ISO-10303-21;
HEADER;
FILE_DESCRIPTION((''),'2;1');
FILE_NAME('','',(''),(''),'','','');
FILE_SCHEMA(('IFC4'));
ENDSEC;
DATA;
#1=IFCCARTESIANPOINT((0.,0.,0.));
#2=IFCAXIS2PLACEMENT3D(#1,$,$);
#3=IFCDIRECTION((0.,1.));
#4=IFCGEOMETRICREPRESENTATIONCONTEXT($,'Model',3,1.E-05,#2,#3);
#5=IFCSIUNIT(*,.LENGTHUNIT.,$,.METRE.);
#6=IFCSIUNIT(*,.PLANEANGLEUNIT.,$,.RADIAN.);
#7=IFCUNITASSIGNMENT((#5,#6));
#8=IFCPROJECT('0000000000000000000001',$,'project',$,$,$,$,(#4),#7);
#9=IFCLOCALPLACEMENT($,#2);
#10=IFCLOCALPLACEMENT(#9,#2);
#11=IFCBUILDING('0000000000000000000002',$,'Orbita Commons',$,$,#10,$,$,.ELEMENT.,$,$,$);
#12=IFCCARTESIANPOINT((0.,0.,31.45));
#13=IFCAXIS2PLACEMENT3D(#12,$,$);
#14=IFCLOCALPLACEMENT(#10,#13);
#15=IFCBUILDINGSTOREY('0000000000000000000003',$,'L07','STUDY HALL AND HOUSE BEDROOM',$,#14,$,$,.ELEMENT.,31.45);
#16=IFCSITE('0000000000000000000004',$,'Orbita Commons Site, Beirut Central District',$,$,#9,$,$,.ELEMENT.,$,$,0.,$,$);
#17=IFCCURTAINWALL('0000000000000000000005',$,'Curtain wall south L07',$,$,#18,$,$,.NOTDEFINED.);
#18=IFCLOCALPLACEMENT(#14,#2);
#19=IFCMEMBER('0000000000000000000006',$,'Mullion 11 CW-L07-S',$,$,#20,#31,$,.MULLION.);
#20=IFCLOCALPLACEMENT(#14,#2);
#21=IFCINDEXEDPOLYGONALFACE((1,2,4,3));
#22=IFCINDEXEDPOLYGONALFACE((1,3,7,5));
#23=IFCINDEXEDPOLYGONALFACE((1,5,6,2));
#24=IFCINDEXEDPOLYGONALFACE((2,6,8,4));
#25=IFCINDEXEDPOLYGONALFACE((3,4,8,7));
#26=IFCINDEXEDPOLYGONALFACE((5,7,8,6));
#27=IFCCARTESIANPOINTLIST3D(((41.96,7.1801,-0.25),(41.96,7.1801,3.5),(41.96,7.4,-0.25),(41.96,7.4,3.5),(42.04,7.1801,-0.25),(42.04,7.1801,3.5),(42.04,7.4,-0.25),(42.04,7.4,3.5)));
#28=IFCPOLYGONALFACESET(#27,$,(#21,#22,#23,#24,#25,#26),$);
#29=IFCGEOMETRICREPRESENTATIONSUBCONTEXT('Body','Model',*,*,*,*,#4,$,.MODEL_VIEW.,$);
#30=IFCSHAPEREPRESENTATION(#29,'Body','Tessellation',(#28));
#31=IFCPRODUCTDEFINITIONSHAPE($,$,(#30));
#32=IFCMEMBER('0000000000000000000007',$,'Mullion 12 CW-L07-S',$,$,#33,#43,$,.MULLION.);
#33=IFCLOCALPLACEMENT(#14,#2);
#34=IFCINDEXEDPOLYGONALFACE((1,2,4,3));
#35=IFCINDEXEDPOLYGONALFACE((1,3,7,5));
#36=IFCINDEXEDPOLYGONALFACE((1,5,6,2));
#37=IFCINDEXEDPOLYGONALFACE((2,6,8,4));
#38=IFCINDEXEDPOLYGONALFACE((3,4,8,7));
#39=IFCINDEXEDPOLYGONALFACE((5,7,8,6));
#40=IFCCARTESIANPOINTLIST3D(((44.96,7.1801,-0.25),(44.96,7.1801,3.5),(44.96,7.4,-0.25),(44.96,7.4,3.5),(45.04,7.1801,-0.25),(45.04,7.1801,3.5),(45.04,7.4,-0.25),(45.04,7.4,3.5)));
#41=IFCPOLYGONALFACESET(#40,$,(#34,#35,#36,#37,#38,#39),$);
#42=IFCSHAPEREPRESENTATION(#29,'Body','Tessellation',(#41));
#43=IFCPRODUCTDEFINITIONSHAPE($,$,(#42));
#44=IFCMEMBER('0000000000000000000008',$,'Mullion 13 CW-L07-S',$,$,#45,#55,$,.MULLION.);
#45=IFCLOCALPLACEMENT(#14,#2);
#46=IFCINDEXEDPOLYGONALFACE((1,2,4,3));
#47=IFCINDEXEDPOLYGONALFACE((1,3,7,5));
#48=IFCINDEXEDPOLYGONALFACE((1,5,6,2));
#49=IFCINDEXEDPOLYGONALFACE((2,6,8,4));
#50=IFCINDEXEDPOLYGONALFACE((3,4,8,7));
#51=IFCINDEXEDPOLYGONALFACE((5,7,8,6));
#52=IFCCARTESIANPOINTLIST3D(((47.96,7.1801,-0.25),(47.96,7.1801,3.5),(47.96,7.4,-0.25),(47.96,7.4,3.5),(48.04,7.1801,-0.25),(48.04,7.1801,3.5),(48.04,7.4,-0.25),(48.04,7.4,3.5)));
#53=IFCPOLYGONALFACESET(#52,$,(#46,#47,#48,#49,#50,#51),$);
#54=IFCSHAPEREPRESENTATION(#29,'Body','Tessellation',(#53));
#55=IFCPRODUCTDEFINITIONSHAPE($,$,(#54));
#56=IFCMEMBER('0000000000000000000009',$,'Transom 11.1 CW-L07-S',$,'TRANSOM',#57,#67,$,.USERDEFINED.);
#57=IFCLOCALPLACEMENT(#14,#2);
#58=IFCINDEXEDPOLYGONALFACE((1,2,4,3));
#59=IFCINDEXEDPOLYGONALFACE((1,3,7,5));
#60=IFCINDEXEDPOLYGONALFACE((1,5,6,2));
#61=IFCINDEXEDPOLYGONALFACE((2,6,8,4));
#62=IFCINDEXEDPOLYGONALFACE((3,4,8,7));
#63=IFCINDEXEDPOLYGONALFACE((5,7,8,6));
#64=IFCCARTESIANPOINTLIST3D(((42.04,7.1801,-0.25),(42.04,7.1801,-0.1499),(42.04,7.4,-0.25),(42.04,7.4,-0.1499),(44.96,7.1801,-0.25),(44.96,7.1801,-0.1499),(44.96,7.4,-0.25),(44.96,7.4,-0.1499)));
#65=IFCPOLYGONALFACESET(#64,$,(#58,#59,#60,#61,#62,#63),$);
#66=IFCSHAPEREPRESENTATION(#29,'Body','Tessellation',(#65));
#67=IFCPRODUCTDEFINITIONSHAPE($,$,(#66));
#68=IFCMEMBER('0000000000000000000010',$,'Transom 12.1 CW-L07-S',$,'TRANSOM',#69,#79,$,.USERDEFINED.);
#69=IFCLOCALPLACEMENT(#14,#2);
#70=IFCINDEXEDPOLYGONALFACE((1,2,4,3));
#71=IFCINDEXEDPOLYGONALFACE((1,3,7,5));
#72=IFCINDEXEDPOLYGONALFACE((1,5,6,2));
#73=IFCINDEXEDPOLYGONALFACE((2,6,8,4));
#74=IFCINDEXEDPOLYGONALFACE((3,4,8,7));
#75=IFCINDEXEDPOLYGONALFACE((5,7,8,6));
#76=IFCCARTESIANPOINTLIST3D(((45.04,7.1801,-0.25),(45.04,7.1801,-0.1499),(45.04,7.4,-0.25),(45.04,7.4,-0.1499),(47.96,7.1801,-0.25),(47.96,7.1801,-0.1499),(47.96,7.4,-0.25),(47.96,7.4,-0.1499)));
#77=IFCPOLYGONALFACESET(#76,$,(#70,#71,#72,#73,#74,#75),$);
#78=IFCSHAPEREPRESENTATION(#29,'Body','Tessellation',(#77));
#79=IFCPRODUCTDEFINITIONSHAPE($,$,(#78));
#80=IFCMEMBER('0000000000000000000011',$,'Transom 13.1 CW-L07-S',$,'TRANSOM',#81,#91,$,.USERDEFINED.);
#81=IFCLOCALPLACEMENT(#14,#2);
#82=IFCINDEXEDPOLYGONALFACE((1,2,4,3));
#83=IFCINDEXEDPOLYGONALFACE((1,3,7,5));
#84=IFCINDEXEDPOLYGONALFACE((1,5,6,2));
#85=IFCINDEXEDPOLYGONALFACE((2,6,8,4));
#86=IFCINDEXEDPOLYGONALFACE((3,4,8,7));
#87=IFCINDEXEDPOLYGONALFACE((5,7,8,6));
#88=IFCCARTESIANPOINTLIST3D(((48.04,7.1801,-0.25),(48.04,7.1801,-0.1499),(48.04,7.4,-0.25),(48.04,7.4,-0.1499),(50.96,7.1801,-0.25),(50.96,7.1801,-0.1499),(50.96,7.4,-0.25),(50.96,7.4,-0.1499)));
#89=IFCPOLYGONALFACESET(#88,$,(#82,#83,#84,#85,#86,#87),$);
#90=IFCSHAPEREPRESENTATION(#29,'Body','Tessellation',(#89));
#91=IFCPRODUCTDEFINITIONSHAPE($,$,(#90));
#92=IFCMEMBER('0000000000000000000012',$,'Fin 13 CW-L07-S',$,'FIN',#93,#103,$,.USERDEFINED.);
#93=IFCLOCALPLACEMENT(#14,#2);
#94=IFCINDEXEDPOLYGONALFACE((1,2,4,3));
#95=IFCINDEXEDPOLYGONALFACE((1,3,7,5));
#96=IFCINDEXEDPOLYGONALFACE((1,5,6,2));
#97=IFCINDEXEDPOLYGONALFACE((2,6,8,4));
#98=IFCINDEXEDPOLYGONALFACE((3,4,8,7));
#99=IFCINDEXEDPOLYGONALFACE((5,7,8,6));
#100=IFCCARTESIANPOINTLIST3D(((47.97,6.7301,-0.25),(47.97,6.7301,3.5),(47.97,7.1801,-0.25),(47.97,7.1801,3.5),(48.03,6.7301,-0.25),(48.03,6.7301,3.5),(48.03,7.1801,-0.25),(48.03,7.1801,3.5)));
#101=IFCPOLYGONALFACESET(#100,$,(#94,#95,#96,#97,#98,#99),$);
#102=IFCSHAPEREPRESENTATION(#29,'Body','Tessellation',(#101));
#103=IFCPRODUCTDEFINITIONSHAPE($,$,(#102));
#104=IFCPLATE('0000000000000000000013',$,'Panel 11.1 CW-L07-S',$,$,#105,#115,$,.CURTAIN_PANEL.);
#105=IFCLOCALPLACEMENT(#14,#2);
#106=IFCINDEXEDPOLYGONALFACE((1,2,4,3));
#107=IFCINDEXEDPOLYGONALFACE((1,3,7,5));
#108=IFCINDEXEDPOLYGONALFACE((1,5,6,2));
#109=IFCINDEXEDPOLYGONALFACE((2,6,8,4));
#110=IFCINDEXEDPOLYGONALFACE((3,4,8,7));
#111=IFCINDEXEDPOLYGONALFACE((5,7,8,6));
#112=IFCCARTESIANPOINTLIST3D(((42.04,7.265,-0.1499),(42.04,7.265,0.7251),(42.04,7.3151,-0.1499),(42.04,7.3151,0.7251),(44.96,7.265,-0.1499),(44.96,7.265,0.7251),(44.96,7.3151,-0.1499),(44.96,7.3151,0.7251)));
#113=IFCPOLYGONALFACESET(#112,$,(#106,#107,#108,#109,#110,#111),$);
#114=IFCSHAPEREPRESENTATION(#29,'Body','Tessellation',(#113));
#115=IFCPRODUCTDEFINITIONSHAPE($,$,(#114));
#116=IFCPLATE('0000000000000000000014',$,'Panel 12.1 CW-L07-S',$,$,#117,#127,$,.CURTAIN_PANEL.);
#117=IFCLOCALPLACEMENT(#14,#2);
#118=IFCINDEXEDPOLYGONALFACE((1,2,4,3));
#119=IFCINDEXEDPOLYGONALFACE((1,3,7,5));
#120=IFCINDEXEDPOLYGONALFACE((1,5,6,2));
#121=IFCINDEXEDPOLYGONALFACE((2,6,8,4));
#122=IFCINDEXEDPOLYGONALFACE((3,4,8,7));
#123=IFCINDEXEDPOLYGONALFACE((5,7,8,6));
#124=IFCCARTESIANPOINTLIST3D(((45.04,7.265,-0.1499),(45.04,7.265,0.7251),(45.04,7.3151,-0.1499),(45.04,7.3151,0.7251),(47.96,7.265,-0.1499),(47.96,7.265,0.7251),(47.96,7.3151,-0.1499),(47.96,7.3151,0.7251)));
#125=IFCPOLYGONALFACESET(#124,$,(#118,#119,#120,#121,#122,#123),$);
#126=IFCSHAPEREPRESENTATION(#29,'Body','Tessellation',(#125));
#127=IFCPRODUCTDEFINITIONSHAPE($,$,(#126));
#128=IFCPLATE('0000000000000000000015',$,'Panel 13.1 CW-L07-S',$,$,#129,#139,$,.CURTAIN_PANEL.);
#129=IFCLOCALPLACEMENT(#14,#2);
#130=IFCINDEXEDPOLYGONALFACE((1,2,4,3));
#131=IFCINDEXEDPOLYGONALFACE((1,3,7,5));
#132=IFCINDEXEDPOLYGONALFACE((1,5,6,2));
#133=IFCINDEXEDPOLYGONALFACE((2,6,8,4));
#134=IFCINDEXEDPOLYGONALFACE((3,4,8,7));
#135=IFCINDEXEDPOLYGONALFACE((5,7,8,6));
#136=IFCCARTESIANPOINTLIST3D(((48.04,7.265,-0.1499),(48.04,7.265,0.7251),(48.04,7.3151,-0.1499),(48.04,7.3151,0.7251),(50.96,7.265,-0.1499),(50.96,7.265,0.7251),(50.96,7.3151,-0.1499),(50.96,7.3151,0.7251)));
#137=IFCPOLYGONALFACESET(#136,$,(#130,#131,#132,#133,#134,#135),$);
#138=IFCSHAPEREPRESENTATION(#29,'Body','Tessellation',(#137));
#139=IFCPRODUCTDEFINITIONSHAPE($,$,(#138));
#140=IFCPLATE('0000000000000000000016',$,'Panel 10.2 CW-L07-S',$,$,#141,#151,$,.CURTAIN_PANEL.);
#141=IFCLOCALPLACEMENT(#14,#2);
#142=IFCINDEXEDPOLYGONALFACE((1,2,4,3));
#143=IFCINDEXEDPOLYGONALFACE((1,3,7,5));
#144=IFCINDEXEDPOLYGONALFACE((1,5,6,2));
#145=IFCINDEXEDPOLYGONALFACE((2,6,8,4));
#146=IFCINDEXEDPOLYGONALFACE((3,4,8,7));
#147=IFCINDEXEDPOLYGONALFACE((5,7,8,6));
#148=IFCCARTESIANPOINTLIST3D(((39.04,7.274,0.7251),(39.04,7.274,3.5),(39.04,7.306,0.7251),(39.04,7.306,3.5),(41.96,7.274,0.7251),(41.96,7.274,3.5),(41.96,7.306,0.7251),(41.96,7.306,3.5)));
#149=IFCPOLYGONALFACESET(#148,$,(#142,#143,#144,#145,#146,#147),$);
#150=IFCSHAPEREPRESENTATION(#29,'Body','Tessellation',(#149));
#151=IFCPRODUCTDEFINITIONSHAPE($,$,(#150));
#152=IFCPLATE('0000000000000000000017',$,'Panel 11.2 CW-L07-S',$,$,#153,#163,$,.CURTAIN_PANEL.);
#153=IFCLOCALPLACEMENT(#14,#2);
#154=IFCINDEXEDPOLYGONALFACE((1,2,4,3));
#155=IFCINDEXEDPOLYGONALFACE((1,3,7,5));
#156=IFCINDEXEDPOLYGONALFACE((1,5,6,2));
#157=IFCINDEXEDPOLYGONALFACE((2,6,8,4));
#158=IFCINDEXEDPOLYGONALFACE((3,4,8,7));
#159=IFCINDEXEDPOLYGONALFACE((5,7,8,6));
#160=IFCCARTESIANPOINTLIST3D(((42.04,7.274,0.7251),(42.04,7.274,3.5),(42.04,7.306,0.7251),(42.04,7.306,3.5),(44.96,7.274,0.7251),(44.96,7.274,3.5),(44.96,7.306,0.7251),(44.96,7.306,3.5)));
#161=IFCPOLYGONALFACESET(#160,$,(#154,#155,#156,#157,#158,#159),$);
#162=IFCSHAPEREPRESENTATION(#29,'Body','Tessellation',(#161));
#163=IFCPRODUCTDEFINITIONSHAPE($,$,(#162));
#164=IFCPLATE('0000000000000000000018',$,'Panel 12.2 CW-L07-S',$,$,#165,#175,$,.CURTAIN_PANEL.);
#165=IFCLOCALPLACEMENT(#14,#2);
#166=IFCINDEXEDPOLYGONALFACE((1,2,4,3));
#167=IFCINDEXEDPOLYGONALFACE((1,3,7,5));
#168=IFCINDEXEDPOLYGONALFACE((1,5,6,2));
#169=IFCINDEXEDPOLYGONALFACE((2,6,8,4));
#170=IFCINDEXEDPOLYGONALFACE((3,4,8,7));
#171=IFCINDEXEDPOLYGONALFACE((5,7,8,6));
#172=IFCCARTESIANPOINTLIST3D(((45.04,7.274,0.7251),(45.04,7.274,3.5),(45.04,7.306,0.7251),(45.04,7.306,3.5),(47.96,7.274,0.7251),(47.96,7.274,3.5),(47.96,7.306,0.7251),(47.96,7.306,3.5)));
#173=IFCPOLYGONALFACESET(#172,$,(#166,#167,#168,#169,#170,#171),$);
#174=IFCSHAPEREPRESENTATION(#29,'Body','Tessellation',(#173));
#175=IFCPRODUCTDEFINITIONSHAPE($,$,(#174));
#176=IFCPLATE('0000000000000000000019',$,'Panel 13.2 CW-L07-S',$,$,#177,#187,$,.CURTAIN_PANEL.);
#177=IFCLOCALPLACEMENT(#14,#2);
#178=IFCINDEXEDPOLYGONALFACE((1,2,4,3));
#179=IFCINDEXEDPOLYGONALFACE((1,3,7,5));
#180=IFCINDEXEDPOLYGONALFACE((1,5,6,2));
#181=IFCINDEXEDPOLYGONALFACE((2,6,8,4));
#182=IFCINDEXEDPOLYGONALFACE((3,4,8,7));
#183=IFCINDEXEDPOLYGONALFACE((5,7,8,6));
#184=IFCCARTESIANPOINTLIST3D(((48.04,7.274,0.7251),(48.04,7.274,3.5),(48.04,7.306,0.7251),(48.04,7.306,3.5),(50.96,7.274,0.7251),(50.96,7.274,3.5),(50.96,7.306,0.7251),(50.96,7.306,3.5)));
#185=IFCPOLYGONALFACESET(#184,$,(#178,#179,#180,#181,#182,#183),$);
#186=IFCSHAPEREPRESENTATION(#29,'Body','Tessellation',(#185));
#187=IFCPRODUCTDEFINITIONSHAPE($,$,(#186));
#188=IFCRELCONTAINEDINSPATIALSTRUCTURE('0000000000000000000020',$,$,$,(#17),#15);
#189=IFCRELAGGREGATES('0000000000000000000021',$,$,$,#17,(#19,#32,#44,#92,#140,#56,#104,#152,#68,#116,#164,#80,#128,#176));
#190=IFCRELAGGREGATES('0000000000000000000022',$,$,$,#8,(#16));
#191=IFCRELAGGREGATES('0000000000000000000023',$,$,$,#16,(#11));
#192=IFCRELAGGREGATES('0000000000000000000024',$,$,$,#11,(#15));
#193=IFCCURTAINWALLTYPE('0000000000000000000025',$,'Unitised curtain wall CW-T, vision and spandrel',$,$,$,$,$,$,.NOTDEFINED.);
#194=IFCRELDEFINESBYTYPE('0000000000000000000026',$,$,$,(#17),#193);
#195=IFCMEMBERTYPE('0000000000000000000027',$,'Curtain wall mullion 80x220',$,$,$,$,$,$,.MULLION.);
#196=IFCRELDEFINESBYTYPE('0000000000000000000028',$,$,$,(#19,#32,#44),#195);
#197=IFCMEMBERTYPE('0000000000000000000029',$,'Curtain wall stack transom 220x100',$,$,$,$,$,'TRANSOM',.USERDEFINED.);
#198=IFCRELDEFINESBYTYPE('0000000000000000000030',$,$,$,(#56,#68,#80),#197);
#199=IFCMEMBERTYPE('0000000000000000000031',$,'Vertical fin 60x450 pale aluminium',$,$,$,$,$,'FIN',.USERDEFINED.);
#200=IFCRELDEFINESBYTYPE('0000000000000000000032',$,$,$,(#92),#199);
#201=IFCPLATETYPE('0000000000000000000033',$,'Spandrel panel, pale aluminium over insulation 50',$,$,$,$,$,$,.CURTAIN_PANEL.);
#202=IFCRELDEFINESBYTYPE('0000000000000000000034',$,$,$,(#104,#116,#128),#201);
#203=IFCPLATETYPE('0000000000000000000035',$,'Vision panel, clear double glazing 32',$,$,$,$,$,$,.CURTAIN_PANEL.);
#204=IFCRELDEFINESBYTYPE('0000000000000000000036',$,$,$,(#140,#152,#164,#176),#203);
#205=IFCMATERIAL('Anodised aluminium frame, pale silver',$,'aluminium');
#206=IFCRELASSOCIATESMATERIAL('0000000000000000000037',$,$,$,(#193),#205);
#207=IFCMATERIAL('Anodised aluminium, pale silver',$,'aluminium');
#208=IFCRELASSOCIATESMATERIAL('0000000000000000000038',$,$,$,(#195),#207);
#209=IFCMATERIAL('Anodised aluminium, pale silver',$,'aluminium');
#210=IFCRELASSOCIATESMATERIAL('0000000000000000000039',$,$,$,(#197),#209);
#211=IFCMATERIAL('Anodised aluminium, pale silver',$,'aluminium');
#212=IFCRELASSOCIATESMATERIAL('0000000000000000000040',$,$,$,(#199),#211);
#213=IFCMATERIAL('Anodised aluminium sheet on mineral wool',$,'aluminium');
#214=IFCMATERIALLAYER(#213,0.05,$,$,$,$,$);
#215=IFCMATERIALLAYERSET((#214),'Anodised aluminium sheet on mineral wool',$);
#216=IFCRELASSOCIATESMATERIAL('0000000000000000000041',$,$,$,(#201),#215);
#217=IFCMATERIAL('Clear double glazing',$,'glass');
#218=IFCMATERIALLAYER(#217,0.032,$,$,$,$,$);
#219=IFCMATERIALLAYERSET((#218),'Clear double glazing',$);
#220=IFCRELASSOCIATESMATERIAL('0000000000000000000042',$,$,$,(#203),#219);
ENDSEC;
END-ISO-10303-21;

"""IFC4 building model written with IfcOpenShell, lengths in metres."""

from ifc_helpers import new_model, si_unit, direction, frame, origin, origin_2d, place, context, subcontext, project, spatial, rectangle, extrude, material, layer, layer_set, material_profile, profile_set, type_object, element, aggregate, save


model = new_model("IFC4")

# Units and contexts
model_context = context("Model", 3, precision=1e-05, world=origin(), true_north=direction((0.0, 1.0)))
body_context = subcontext(model_context, "Body", "Model", "MODEL_VIEW")
ifc_project = project(units=[si_unit("LENGTHUNIT", "METRE"), si_unit("PLANEANGLEUNIT", "RADIAN")], contexts=[model_context])

# Site, building, storey
site_placement = place(None, origin())
site = spatial("IfcSite", under=ifc_project, at=site_placement, Name="Orbita Commons Site, Beirut Central District", CompositionType="ELEMENT", RefElevation=0.0)
building_placement = place(site_placement, origin())
building = spatial("IfcBuilding", under=site, at=building_placement, Name="Orbita Commons", CompositionType="ELEMENT")
storey_placement = place(building_placement, frame((0.0, 0.0, 31.45)))
storey = spatial("IfcBuildingStorey", under=building, at=storey_placement, Name="L07", Description="STUDY HALL AND HOUSE BEDROOM", CompositionType="ELEMENT", Elevation=31.45)

# Curtain wall, members, plates
ifc_material_1 = material(Name="Anodised aluminium frame, pale silver", Category="aluminium")
curtain_wall_type = type_object("IfcCurtainWallType", Name="Unitised curtain wall CW-T, vision and spandrel", PredefinedType="NOTDEFINED", material=ifc_material_1)
curtain_wall_placement = place(storey_placement, origin())
curtain_wall = element("IfcCurtainWall", 1, at=curtain_wall_placement, inside=storey, type_object=curtain_wall_type, Name="Curtain wall south L07", PredefinedType="NOTDEFINED")
ifc_material_2 = material(Name="Anodised aluminium, pale silver", Category="aluminium")
ifc_material_profile_1 = material_profile(ifc_material_2, rectangle(XDim=0.0801, YDim=0.22, at=origin_2d()), Name="AL 80x220")
ifc_profile_set_1 = profile_set([ifc_material_profile_1], Name="Anodised aluminium, pale silver")
member_type_1 = type_object("IfcMemberType", Name="Curtain wall mullion 80x220", PredefinedType="MULLION", material=ifc_profile_set_1)
member_1_placement = place(storey_placement, frame((42.0, 7.29, -0.25), z_axis=(0.0, 0.0, 1.0), x_axis=(1.0, 0.0, 0.0)))
member_1 = element("IfcMember", 2, at=member_1_placement, type_object=member_type_1, Name="Mullion 11 CW-L07-S", PredefinedType="MULLION", context=body_context, shape_type="SweptSolid", body=[
    extrude(rectangle(XDim=0.0801, YDim=0.22, at=origin_2d()), origin(), (0.0, 0.0, 1.0), 3.75),
])
member_2_placement = place(storey_placement, frame((45.0, 7.29, -0.25), z_axis=(0.0, 0.0, 1.0), x_axis=(1.0, 0.0, 0.0)))
member_2 = element("IfcMember", 3, at=member_2_placement, type_object=member_type_1, Name="Mullion 12 CW-L07-S", PredefinedType="MULLION", context=body_context, shape_type="SweptSolid", body=[
    extrude(rectangle(XDim=0.0801, YDim=0.22, at=origin_2d()), origin(), (0.0, 0.0, 1.0), 3.75),
])
member_3_placement = place(storey_placement, frame((48.0, 7.29, -0.25), z_axis=(0.0, 0.0, 1.0), x_axis=(1.0, 0.0, 0.0)))
member_3 = element("IfcMember", 4, at=member_3_placement, type_object=member_type_1, Name="Mullion 13 CW-L07-S", PredefinedType="MULLION", context=body_context, shape_type="SweptSolid", body=[
    extrude(rectangle(XDim=0.0801, YDim=0.22, at=origin_2d()), origin(), (0.0, 0.0, 1.0), 3.75),
])
ifc_material_3 = material(Name="Anodised aluminium, pale silver", Category="aluminium")
ifc_material_profile_2 = material_profile(ifc_material_3, rectangle(XDim=0.22, YDim=0.1001, at=origin_2d()), Name="AL 220x100")
ifc_profile_set_2 = profile_set([ifc_material_profile_2], Name="Anodised aluminium, pale silver")
member_type_2 = type_object("IfcMemberType", Name="Curtain wall stack transom 220x100", ElementType="TRANSOM", PredefinedType="USERDEFINED", material=ifc_profile_set_2)
member_4_placement = place(storey_placement, frame((42.04, 7.29, -0.2), z_axis=(1.0, 0.0, 0.0), x_axis=(0.0, 1.0, 0.0)))
member_4 = element("IfcMember", 5, at=member_4_placement, type_object=member_type_2, Name="Transom 11.1 CW-L07-S", ObjectType="TRANSOM", PredefinedType="USERDEFINED", context=body_context, shape_type="SweptSolid", body=[
    extrude(rectangle(XDim=0.22, YDim=0.1001, at=origin_2d()), origin(), (0.0, 0.0, 1.0), 2.9199),
])
member_5_placement = place(storey_placement, frame((45.04, 7.29, -0.2), z_axis=(1.0, 0.0, 0.0), x_axis=(0.0, 1.0, 0.0)))
member_5 = element("IfcMember", 6, at=member_5_placement, type_object=member_type_2, Name="Transom 12.1 CW-L07-S", ObjectType="TRANSOM", PredefinedType="USERDEFINED", context=body_context, shape_type="SweptSolid", body=[
    extrude(rectangle(XDim=0.22, YDim=0.1001, at=origin_2d()), origin(), (0.0, 0.0, 1.0), 2.9199),
])
member_6_placement = place(storey_placement, frame((48.04, 7.29, -0.2), z_axis=(1.0, 0.0, 0.0), x_axis=(0.0, 1.0, 0.0)))
member_6 = element("IfcMember", 7, at=member_6_placement, type_object=member_type_2, Name="Transom 13.1 CW-L07-S", ObjectType="TRANSOM", PredefinedType="USERDEFINED", context=body_context, shape_type="SweptSolid", body=[
    extrude(rectangle(XDim=0.22, YDim=0.1001, at=origin_2d()), origin(), (0.0, 0.0, 1.0), 2.9199),
])
ifc_material_4 = material(Name="Anodised aluminium, pale silver", Category="aluminium")
ifc_material_profile_3 = material_profile(ifc_material_4, rectangle(XDim=0.0601, YDim=0.45, at=origin_2d()), Name="FIN 60x450")
ifc_profile_set_3 = profile_set([ifc_material_profile_3], Name="Anodised aluminium, pale silver")
member_type_3 = type_object("IfcMemberType", Name="Vertical fin 60x450 pale aluminium", ElementType="FIN", PredefinedType="USERDEFINED", material=ifc_profile_set_3)
member_7_placement = place(storey_placement, frame((48.0, 6.9551, -0.25), z_axis=(0.0, 0.0, 1.0), x_axis=(1.0, 0.0, 0.0)))
member_7 = element("IfcMember", 8, at=member_7_placement, type_object=member_type_3, Name="Fin 13 CW-L07-S", ObjectType="FIN", PredefinedType="USERDEFINED", context=body_context, shape_type="SweptSolid", body=[
    extrude(rectangle(XDim=0.0601, YDim=0.45, at=origin_2d()), origin(), (0.0, 0.0, 1.0), 3.75),
])
ifc_material_5 = material(Name="Anodised aluminium sheet on mineral wool", Category="aluminium")
ifc_layer_1 = layer(ifc_material_5, 0.05)
ifc_layer_set_1 = layer_set([ifc_layer_1], Name="Anodised aluminium sheet on mineral wool")
plate_type_1 = type_object("IfcPlateType", Name="Spandrel panel, pale aluminium over insulation 50", PredefinedType="CURTAIN_PANEL", material=ifc_layer_set_1)
plate_1_placement = place(storey_placement, frame((43.5, 7.29, -0.1499), z_axis=(0.0, 0.0, 1.0), x_axis=(1.0, 0.0, 0.0)))
plate_1 = element("IfcPlate", 9, at=plate_1_placement, type_object=plate_type_1, Name="Panel 11.1 CW-L07-S", PredefinedType="CURTAIN_PANEL", context=body_context, shape_type="SweptSolid", body=[
    extrude(rectangle(XDim=2.9199, YDim=0.05, at=origin_2d()), origin(), (0.0, 0.0, 1.0), 0.875),
])
plate_2_placement = place(storey_placement, frame((46.5, 7.29, -0.1499), z_axis=(0.0, 0.0, 1.0), x_axis=(1.0, 0.0, 0.0)))
plate_2 = element("IfcPlate", 10, at=plate_2_placement, type_object=plate_type_1, Name="Panel 12.1 CW-L07-S", PredefinedType="CURTAIN_PANEL", context=body_context, shape_type="SweptSolid", body=[
    extrude(rectangle(XDim=2.9199, YDim=0.05, at=origin_2d()), origin(), (0.0, 0.0, 1.0), 0.875),
])
plate_3_placement = place(storey_placement, frame((49.5, 7.29, -0.1499), z_axis=(0.0, 0.0, 1.0), x_axis=(1.0, 0.0, 0.0)))
plate_3 = element("IfcPlate", 11, at=plate_3_placement, type_object=plate_type_1, Name="Panel 13.1 CW-L07-S", PredefinedType="CURTAIN_PANEL", context=body_context, shape_type="SweptSolid", body=[
    extrude(rectangle(XDim=2.9199, YDim=0.05, at=origin_2d()), origin(), (0.0, 0.0, 1.0), 0.875),
])
ifc_material_6 = material(Name="Clear double glazing", Category="glass")
ifc_layer_2 = layer(ifc_material_6, 0.032)
ifc_layer_set_2 = layer_set([ifc_layer_2], Name="Clear double glazing")
plate_type_2 = type_object("IfcPlateType", Name="Vision panel, clear double glazing 32", PredefinedType="CURTAIN_PANEL", material=ifc_layer_set_2)
plate_4_placement = place(storey_placement, frame((40.5, 7.29, 0.7251), z_axis=(0.0, 0.0, 1.0), x_axis=(1.0, 0.0, 0.0)))
plate_4 = element("IfcPlate", 12, at=plate_4_placement, type_object=plate_type_2, Name="Panel 10.2 CW-L07-S", PredefinedType="CURTAIN_PANEL", context=body_context, shape_type="SweptSolid", body=[
    extrude(rectangle(XDim=2.9199, YDim=0.032, at=origin_2d()), origin(), (0.0, 0.0, 1.0), 2.7749),
])
plate_5_placement = place(storey_placement, frame((43.5, 7.29, 0.7251), z_axis=(0.0, 0.0, 1.0), x_axis=(1.0, 0.0, 0.0)))
plate_5 = element("IfcPlate", 13, at=plate_5_placement, type_object=plate_type_2, Name="Panel 11.2 CW-L07-S", PredefinedType="CURTAIN_PANEL", context=body_context, shape_type="SweptSolid", body=[
    extrude(rectangle(XDim=2.9199, YDim=0.032, at=origin_2d()), origin(), (0.0, 0.0, 1.0), 2.7749),
])
plate_6_placement = place(storey_placement, frame((46.5, 7.29, 0.7251), z_axis=(0.0, 0.0, 1.0), x_axis=(1.0, 0.0, 0.0)))
plate_6 = element("IfcPlate", 14, at=plate_6_placement, type_object=plate_type_2, Name="Panel 12.2 CW-L07-S", PredefinedType="CURTAIN_PANEL", context=body_context, shape_type="SweptSolid", body=[
    extrude(rectangle(XDim=2.9199, YDim=0.032, at=origin_2d()), origin(), (0.0, 0.0, 1.0), 2.7749),
])
plate_7_placement = place(storey_placement, frame((49.5, 7.29, 0.7251), z_axis=(0.0, 0.0, 1.0), x_axis=(1.0, 0.0, 0.0)))
plate_7 = element("IfcPlate", 15, at=plate_7_placement, type_object=plate_type_2, Name="Panel 13.2 CW-L07-S", PredefinedType="CURTAIN_PANEL", context=body_context, shape_type="SweptSolid", body=[
    extrude(rectangle(XDim=2.9199, YDim=0.032, at=origin_2d()), origin(), (0.0, 0.0, 1.0), 2.7749),
])
aggregate(curtain_wall, [member_1, member_2, member_3, member_7, plate_4, member_4, plate_1, plate_5, member_5, plate_2, plate_6, member_6, plate_3, plate_7])

save(model, "model.ifc")
